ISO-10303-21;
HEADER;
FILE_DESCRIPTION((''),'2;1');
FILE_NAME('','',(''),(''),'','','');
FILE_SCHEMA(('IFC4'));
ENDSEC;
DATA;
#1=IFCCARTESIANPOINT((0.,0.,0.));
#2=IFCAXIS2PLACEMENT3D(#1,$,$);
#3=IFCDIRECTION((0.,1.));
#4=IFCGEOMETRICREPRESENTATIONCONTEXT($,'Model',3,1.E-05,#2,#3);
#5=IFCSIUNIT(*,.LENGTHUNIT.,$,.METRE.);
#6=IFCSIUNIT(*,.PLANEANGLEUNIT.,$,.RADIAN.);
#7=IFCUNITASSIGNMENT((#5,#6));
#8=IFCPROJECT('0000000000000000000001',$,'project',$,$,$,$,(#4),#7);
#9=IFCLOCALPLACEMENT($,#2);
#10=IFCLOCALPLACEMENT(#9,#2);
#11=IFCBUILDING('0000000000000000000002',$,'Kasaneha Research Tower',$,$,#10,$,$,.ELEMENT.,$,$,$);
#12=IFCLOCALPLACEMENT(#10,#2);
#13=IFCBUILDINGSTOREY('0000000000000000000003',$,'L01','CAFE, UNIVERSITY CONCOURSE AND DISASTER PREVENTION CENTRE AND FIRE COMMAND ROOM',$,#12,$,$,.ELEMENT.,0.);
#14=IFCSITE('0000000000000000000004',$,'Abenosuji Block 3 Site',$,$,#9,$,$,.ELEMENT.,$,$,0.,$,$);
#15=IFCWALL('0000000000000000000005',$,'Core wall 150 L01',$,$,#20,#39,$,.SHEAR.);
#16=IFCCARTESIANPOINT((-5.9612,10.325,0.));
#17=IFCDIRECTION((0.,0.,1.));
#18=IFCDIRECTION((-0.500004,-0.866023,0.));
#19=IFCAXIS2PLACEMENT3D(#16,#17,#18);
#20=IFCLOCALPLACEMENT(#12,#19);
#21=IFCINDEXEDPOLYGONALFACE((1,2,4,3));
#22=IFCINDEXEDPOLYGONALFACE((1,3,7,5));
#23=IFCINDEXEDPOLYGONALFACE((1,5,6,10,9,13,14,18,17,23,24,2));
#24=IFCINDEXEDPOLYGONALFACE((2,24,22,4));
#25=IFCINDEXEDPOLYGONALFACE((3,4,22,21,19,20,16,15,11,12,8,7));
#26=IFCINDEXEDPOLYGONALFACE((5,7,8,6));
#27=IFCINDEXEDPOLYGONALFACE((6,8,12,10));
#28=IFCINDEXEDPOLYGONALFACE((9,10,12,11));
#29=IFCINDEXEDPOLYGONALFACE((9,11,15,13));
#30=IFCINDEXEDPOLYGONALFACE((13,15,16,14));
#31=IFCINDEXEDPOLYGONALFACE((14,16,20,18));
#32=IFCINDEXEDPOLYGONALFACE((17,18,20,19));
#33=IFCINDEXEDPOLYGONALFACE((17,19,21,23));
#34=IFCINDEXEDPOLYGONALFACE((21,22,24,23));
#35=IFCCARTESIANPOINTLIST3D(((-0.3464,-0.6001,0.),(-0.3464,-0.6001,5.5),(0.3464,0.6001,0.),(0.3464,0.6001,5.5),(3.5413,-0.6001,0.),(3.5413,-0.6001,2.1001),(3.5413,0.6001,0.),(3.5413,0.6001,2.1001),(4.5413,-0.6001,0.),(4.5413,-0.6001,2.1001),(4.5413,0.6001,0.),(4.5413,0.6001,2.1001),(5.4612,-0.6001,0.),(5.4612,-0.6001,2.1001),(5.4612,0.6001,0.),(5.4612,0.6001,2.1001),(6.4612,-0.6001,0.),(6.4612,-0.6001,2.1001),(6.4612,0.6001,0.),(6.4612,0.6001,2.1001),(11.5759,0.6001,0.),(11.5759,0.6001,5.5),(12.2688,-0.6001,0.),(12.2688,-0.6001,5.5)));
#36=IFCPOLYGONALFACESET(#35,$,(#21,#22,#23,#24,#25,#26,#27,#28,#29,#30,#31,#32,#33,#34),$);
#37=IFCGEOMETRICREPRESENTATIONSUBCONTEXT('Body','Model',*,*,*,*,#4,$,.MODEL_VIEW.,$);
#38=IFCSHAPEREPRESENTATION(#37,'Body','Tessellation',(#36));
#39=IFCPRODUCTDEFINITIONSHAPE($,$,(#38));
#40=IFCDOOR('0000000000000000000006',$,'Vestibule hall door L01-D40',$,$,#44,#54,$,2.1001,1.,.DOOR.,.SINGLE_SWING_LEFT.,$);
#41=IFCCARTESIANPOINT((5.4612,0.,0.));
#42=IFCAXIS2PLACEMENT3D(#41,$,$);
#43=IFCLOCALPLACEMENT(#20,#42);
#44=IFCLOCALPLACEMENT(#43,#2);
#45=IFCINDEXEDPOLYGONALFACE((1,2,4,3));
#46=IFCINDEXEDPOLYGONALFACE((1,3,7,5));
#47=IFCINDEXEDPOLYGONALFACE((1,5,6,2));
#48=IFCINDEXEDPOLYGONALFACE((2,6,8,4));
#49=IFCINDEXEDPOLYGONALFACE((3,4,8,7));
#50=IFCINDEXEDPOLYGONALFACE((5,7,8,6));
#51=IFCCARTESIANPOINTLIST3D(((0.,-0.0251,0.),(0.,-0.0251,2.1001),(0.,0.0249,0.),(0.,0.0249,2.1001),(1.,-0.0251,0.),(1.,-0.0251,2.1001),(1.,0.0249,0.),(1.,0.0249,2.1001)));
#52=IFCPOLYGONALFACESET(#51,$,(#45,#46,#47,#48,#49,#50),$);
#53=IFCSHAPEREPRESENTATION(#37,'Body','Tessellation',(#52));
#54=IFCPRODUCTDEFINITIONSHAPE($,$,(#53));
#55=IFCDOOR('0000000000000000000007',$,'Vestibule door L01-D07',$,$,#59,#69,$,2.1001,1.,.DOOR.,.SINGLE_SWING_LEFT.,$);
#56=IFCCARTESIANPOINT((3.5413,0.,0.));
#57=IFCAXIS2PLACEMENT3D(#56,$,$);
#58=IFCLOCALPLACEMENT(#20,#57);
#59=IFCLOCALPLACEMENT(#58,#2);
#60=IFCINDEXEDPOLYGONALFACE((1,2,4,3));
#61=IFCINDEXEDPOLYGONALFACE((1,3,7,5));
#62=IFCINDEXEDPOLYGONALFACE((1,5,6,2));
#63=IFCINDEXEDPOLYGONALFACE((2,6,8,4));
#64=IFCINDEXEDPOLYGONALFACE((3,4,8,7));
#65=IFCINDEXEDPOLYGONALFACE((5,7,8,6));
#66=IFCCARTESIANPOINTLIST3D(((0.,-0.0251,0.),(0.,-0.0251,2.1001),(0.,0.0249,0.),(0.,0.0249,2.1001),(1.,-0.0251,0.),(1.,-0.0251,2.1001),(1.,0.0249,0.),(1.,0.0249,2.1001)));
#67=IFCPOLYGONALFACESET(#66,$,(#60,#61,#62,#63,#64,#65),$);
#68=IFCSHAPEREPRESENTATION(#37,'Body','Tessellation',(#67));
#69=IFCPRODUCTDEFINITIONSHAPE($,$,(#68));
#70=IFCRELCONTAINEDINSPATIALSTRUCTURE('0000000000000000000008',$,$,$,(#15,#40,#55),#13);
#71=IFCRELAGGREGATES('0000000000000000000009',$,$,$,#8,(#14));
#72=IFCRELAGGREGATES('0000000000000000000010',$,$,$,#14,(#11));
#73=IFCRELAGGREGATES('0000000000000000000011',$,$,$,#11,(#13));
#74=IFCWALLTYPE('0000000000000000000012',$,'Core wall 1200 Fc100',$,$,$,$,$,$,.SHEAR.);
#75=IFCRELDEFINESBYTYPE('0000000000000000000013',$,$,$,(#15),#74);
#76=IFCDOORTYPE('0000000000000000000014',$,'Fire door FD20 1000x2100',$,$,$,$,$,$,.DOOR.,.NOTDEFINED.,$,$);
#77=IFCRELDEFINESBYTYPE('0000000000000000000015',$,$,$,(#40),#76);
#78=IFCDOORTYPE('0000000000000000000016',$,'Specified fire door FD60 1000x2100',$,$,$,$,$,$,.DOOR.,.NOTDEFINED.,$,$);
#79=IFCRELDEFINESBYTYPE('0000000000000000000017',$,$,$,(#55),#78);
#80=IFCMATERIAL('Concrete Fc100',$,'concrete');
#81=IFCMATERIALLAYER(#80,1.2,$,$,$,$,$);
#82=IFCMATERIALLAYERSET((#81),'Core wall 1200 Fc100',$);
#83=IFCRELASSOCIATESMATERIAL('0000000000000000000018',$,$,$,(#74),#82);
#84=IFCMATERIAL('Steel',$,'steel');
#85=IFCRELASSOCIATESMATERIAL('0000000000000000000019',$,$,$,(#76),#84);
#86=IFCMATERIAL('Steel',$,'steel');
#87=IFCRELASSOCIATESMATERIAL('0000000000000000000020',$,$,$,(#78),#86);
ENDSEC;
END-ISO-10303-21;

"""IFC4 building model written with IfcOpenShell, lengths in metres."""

from ifc_helpers import new_model, si_unit, direction, frame, frame_2d, origin, place, context, subcontext, project, spatial, polyline, rectangle, outline, extrude, material, layer, layer_set, type_object, element, fill, save


model = new_model("IFC4")

# Units and contexts
model_context = context("Model", 3, precision=1e-05, world=origin(), true_north=direction((0.0, 1.0)))
body_context = subcontext(model_context, "Body", "Model", "MODEL_VIEW")
ifc_project = project(units=[si_unit("LENGTHUNIT", "METRE"), si_unit("PLANEANGLEUNIT", "RADIAN")], contexts=[model_context])

# Site, building, storey
site_placement = place(None, origin())
site = spatial("IfcSite", under=ifc_project, at=site_placement, Name="Abenosuji Block 3 Site", CompositionType="ELEMENT", RefElevation=0.0)
building_placement = place(site_placement, origin())
building = spatial("IfcBuilding", under=site, at=building_placement, Name="Kasaneha Research Tower", CompositionType="ELEMENT")
storey_placement = place(building_placement, origin())
storey = spatial("IfcBuildingStorey", under=building, at=storey_placement, Name="L01", Description="CAFE, UNIVERSITY CONCOURSE AND DISASTER PREVENTION CENTRE AND FIRE COMMAND ROOM", CompositionType="ELEMENT", Elevation=0.0)

# Wall, openings, doors
ifc_material_1 = material(Name="Concrete Fc100", Category="concrete")
ifc_layer_1 = layer(ifc_material_1, 1.2)
ifc_layer_set_1 = layer_set([ifc_layer_1], Name="Core wall 1200 Fc100")
wall_type_1 = type_object("IfcWallType", Name="Core wall 1200 Fc100", PredefinedType="SHEAR", material=ifc_layer_set_1)
wall_1_placement = place(storey_placement, frame((-5.9612, 10.325, 0.0), z_axis=(0.0, 0.0, 1.0), x_axis=(-0.500004, -0.866023, 0.0)))
wall_1 = element("IfcWall", 1, at=wall_1_placement, inside=storey, type_object=wall_type_1, Name="Core wall 150 L01", PredefinedType="SHEAR", context=body_context, shape_type="SweptSolid", body=[
    extrude(outline(polyline([(-0.3464, -0.6001), (3.5413, -0.6001), (4.5413, -0.6001), (5.4612, -0.6001), (6.4612, -0.6001), (12.2688, -0.6001), (11.5759, 0.6001), (6.4612, 0.6001), (5.4612, 0.6001), (4.5413, 0.6001), (3.5413, 0.6001), (0.3464, 0.6001), (-0.3464, -0.6001)])), origin(), (0.0, 0.0, 1.0), 5.5),
])
opening_1_placement = place(wall_1_placement, frame((3.5413, 0.0, 0.0)))
opening_1 = element("IfcOpeningElement", 2, at=opening_1_placement, cuts=wall_1, PredefinedType="OPENING", context=body_context, shape_type="SweptSolid", body=[
    extrude(rectangle(XDim=1.0, YDim=2.1001, at=frame_2d((0.5, 1.05))), frame((0.0, 0.6099, 0.0), z_axis=(0.0, -1.0, 0.0), x_axis=(1.0, 0.0, 0.0)), (0.0, 0.0, 1.0), 1.22),
])
opening_2_placement = place(wall_1_placement, frame((5.4612, 0.0, 0.0)))
opening_2 = element("IfcOpeningElement", 3, at=opening_2_placement, cuts=wall_1, PredefinedType="OPENING", context=body_context, shape_type="SweptSolid", body=[
    extrude(rectangle(XDim=1.0, YDim=2.1001, at=frame_2d((0.5, 1.05))), frame((0.0, 0.6099, 0.0), z_axis=(0.0, -1.0, 0.0), x_axis=(1.0, 0.0, 0.0)), (0.0, 0.0, 1.0), 1.22),
])
ifc_material_2 = material(Name="Steel", Category="steel")
door_type_1 = type_object("IfcDoorType", Name="Fire door FD20 1000x2100", OperationType="NOTDEFINED", PredefinedType="DOOR", material=ifc_material_2)
door_1_placement = place(opening_2_placement, origin())
door_1 = element("IfcDoor", 4, at=door_1_placement, inside=storey, type_object=door_type_1, Name="Vestibule hall door L01-D40", OperationType="SINGLE_SWING_LEFT", OverallHeight=2.1001, OverallWidth=1.0, PredefinedType="DOOR", context=body_context, shape_type="SweptSolid", body=[
    extrude(rectangle(XDim=1.0, YDim=2.1001, at=frame_2d((0.5, 1.05))), frame((0.0, 0.0249, 0.0), z_axis=(0.0, -1.0, 0.0), x_axis=(1.0, 0.0, 0.0)), (0.0, 0.0, 1.0), 0.05),
])
fill(opening_2, door_1)
ifc_material_3 = material(Name="Steel", Category="steel")
door_type_2 = type_object("IfcDoorType", Name="Specified fire door FD60 1000x2100", OperationType="NOTDEFINED", PredefinedType="DOOR", material=ifc_material_3)
door_2_placement = place(opening_1_placement, origin())
door_2 = element("IfcDoor", 5, at=door_2_placement, inside=storey, type_object=door_type_2, Name="Vestibule door L01-D07", OperationType="SINGLE_SWING_LEFT", OverallHeight=2.1001, OverallWidth=1.0, PredefinedType="DOOR", context=body_context, shape_type="SweptSolid", body=[
    extrude(rectangle(XDim=1.0, YDim=2.1001, at=frame_2d((0.5, 1.05))), frame((0.0, 0.0249, 0.0), z_axis=(0.0, -1.0, 0.0), x_axis=(1.0, 0.0, 0.0)), (0.0, 0.0, 1.0), 0.05),
])
fill(opening_1, door_2)

save(model, "model.ifc")
